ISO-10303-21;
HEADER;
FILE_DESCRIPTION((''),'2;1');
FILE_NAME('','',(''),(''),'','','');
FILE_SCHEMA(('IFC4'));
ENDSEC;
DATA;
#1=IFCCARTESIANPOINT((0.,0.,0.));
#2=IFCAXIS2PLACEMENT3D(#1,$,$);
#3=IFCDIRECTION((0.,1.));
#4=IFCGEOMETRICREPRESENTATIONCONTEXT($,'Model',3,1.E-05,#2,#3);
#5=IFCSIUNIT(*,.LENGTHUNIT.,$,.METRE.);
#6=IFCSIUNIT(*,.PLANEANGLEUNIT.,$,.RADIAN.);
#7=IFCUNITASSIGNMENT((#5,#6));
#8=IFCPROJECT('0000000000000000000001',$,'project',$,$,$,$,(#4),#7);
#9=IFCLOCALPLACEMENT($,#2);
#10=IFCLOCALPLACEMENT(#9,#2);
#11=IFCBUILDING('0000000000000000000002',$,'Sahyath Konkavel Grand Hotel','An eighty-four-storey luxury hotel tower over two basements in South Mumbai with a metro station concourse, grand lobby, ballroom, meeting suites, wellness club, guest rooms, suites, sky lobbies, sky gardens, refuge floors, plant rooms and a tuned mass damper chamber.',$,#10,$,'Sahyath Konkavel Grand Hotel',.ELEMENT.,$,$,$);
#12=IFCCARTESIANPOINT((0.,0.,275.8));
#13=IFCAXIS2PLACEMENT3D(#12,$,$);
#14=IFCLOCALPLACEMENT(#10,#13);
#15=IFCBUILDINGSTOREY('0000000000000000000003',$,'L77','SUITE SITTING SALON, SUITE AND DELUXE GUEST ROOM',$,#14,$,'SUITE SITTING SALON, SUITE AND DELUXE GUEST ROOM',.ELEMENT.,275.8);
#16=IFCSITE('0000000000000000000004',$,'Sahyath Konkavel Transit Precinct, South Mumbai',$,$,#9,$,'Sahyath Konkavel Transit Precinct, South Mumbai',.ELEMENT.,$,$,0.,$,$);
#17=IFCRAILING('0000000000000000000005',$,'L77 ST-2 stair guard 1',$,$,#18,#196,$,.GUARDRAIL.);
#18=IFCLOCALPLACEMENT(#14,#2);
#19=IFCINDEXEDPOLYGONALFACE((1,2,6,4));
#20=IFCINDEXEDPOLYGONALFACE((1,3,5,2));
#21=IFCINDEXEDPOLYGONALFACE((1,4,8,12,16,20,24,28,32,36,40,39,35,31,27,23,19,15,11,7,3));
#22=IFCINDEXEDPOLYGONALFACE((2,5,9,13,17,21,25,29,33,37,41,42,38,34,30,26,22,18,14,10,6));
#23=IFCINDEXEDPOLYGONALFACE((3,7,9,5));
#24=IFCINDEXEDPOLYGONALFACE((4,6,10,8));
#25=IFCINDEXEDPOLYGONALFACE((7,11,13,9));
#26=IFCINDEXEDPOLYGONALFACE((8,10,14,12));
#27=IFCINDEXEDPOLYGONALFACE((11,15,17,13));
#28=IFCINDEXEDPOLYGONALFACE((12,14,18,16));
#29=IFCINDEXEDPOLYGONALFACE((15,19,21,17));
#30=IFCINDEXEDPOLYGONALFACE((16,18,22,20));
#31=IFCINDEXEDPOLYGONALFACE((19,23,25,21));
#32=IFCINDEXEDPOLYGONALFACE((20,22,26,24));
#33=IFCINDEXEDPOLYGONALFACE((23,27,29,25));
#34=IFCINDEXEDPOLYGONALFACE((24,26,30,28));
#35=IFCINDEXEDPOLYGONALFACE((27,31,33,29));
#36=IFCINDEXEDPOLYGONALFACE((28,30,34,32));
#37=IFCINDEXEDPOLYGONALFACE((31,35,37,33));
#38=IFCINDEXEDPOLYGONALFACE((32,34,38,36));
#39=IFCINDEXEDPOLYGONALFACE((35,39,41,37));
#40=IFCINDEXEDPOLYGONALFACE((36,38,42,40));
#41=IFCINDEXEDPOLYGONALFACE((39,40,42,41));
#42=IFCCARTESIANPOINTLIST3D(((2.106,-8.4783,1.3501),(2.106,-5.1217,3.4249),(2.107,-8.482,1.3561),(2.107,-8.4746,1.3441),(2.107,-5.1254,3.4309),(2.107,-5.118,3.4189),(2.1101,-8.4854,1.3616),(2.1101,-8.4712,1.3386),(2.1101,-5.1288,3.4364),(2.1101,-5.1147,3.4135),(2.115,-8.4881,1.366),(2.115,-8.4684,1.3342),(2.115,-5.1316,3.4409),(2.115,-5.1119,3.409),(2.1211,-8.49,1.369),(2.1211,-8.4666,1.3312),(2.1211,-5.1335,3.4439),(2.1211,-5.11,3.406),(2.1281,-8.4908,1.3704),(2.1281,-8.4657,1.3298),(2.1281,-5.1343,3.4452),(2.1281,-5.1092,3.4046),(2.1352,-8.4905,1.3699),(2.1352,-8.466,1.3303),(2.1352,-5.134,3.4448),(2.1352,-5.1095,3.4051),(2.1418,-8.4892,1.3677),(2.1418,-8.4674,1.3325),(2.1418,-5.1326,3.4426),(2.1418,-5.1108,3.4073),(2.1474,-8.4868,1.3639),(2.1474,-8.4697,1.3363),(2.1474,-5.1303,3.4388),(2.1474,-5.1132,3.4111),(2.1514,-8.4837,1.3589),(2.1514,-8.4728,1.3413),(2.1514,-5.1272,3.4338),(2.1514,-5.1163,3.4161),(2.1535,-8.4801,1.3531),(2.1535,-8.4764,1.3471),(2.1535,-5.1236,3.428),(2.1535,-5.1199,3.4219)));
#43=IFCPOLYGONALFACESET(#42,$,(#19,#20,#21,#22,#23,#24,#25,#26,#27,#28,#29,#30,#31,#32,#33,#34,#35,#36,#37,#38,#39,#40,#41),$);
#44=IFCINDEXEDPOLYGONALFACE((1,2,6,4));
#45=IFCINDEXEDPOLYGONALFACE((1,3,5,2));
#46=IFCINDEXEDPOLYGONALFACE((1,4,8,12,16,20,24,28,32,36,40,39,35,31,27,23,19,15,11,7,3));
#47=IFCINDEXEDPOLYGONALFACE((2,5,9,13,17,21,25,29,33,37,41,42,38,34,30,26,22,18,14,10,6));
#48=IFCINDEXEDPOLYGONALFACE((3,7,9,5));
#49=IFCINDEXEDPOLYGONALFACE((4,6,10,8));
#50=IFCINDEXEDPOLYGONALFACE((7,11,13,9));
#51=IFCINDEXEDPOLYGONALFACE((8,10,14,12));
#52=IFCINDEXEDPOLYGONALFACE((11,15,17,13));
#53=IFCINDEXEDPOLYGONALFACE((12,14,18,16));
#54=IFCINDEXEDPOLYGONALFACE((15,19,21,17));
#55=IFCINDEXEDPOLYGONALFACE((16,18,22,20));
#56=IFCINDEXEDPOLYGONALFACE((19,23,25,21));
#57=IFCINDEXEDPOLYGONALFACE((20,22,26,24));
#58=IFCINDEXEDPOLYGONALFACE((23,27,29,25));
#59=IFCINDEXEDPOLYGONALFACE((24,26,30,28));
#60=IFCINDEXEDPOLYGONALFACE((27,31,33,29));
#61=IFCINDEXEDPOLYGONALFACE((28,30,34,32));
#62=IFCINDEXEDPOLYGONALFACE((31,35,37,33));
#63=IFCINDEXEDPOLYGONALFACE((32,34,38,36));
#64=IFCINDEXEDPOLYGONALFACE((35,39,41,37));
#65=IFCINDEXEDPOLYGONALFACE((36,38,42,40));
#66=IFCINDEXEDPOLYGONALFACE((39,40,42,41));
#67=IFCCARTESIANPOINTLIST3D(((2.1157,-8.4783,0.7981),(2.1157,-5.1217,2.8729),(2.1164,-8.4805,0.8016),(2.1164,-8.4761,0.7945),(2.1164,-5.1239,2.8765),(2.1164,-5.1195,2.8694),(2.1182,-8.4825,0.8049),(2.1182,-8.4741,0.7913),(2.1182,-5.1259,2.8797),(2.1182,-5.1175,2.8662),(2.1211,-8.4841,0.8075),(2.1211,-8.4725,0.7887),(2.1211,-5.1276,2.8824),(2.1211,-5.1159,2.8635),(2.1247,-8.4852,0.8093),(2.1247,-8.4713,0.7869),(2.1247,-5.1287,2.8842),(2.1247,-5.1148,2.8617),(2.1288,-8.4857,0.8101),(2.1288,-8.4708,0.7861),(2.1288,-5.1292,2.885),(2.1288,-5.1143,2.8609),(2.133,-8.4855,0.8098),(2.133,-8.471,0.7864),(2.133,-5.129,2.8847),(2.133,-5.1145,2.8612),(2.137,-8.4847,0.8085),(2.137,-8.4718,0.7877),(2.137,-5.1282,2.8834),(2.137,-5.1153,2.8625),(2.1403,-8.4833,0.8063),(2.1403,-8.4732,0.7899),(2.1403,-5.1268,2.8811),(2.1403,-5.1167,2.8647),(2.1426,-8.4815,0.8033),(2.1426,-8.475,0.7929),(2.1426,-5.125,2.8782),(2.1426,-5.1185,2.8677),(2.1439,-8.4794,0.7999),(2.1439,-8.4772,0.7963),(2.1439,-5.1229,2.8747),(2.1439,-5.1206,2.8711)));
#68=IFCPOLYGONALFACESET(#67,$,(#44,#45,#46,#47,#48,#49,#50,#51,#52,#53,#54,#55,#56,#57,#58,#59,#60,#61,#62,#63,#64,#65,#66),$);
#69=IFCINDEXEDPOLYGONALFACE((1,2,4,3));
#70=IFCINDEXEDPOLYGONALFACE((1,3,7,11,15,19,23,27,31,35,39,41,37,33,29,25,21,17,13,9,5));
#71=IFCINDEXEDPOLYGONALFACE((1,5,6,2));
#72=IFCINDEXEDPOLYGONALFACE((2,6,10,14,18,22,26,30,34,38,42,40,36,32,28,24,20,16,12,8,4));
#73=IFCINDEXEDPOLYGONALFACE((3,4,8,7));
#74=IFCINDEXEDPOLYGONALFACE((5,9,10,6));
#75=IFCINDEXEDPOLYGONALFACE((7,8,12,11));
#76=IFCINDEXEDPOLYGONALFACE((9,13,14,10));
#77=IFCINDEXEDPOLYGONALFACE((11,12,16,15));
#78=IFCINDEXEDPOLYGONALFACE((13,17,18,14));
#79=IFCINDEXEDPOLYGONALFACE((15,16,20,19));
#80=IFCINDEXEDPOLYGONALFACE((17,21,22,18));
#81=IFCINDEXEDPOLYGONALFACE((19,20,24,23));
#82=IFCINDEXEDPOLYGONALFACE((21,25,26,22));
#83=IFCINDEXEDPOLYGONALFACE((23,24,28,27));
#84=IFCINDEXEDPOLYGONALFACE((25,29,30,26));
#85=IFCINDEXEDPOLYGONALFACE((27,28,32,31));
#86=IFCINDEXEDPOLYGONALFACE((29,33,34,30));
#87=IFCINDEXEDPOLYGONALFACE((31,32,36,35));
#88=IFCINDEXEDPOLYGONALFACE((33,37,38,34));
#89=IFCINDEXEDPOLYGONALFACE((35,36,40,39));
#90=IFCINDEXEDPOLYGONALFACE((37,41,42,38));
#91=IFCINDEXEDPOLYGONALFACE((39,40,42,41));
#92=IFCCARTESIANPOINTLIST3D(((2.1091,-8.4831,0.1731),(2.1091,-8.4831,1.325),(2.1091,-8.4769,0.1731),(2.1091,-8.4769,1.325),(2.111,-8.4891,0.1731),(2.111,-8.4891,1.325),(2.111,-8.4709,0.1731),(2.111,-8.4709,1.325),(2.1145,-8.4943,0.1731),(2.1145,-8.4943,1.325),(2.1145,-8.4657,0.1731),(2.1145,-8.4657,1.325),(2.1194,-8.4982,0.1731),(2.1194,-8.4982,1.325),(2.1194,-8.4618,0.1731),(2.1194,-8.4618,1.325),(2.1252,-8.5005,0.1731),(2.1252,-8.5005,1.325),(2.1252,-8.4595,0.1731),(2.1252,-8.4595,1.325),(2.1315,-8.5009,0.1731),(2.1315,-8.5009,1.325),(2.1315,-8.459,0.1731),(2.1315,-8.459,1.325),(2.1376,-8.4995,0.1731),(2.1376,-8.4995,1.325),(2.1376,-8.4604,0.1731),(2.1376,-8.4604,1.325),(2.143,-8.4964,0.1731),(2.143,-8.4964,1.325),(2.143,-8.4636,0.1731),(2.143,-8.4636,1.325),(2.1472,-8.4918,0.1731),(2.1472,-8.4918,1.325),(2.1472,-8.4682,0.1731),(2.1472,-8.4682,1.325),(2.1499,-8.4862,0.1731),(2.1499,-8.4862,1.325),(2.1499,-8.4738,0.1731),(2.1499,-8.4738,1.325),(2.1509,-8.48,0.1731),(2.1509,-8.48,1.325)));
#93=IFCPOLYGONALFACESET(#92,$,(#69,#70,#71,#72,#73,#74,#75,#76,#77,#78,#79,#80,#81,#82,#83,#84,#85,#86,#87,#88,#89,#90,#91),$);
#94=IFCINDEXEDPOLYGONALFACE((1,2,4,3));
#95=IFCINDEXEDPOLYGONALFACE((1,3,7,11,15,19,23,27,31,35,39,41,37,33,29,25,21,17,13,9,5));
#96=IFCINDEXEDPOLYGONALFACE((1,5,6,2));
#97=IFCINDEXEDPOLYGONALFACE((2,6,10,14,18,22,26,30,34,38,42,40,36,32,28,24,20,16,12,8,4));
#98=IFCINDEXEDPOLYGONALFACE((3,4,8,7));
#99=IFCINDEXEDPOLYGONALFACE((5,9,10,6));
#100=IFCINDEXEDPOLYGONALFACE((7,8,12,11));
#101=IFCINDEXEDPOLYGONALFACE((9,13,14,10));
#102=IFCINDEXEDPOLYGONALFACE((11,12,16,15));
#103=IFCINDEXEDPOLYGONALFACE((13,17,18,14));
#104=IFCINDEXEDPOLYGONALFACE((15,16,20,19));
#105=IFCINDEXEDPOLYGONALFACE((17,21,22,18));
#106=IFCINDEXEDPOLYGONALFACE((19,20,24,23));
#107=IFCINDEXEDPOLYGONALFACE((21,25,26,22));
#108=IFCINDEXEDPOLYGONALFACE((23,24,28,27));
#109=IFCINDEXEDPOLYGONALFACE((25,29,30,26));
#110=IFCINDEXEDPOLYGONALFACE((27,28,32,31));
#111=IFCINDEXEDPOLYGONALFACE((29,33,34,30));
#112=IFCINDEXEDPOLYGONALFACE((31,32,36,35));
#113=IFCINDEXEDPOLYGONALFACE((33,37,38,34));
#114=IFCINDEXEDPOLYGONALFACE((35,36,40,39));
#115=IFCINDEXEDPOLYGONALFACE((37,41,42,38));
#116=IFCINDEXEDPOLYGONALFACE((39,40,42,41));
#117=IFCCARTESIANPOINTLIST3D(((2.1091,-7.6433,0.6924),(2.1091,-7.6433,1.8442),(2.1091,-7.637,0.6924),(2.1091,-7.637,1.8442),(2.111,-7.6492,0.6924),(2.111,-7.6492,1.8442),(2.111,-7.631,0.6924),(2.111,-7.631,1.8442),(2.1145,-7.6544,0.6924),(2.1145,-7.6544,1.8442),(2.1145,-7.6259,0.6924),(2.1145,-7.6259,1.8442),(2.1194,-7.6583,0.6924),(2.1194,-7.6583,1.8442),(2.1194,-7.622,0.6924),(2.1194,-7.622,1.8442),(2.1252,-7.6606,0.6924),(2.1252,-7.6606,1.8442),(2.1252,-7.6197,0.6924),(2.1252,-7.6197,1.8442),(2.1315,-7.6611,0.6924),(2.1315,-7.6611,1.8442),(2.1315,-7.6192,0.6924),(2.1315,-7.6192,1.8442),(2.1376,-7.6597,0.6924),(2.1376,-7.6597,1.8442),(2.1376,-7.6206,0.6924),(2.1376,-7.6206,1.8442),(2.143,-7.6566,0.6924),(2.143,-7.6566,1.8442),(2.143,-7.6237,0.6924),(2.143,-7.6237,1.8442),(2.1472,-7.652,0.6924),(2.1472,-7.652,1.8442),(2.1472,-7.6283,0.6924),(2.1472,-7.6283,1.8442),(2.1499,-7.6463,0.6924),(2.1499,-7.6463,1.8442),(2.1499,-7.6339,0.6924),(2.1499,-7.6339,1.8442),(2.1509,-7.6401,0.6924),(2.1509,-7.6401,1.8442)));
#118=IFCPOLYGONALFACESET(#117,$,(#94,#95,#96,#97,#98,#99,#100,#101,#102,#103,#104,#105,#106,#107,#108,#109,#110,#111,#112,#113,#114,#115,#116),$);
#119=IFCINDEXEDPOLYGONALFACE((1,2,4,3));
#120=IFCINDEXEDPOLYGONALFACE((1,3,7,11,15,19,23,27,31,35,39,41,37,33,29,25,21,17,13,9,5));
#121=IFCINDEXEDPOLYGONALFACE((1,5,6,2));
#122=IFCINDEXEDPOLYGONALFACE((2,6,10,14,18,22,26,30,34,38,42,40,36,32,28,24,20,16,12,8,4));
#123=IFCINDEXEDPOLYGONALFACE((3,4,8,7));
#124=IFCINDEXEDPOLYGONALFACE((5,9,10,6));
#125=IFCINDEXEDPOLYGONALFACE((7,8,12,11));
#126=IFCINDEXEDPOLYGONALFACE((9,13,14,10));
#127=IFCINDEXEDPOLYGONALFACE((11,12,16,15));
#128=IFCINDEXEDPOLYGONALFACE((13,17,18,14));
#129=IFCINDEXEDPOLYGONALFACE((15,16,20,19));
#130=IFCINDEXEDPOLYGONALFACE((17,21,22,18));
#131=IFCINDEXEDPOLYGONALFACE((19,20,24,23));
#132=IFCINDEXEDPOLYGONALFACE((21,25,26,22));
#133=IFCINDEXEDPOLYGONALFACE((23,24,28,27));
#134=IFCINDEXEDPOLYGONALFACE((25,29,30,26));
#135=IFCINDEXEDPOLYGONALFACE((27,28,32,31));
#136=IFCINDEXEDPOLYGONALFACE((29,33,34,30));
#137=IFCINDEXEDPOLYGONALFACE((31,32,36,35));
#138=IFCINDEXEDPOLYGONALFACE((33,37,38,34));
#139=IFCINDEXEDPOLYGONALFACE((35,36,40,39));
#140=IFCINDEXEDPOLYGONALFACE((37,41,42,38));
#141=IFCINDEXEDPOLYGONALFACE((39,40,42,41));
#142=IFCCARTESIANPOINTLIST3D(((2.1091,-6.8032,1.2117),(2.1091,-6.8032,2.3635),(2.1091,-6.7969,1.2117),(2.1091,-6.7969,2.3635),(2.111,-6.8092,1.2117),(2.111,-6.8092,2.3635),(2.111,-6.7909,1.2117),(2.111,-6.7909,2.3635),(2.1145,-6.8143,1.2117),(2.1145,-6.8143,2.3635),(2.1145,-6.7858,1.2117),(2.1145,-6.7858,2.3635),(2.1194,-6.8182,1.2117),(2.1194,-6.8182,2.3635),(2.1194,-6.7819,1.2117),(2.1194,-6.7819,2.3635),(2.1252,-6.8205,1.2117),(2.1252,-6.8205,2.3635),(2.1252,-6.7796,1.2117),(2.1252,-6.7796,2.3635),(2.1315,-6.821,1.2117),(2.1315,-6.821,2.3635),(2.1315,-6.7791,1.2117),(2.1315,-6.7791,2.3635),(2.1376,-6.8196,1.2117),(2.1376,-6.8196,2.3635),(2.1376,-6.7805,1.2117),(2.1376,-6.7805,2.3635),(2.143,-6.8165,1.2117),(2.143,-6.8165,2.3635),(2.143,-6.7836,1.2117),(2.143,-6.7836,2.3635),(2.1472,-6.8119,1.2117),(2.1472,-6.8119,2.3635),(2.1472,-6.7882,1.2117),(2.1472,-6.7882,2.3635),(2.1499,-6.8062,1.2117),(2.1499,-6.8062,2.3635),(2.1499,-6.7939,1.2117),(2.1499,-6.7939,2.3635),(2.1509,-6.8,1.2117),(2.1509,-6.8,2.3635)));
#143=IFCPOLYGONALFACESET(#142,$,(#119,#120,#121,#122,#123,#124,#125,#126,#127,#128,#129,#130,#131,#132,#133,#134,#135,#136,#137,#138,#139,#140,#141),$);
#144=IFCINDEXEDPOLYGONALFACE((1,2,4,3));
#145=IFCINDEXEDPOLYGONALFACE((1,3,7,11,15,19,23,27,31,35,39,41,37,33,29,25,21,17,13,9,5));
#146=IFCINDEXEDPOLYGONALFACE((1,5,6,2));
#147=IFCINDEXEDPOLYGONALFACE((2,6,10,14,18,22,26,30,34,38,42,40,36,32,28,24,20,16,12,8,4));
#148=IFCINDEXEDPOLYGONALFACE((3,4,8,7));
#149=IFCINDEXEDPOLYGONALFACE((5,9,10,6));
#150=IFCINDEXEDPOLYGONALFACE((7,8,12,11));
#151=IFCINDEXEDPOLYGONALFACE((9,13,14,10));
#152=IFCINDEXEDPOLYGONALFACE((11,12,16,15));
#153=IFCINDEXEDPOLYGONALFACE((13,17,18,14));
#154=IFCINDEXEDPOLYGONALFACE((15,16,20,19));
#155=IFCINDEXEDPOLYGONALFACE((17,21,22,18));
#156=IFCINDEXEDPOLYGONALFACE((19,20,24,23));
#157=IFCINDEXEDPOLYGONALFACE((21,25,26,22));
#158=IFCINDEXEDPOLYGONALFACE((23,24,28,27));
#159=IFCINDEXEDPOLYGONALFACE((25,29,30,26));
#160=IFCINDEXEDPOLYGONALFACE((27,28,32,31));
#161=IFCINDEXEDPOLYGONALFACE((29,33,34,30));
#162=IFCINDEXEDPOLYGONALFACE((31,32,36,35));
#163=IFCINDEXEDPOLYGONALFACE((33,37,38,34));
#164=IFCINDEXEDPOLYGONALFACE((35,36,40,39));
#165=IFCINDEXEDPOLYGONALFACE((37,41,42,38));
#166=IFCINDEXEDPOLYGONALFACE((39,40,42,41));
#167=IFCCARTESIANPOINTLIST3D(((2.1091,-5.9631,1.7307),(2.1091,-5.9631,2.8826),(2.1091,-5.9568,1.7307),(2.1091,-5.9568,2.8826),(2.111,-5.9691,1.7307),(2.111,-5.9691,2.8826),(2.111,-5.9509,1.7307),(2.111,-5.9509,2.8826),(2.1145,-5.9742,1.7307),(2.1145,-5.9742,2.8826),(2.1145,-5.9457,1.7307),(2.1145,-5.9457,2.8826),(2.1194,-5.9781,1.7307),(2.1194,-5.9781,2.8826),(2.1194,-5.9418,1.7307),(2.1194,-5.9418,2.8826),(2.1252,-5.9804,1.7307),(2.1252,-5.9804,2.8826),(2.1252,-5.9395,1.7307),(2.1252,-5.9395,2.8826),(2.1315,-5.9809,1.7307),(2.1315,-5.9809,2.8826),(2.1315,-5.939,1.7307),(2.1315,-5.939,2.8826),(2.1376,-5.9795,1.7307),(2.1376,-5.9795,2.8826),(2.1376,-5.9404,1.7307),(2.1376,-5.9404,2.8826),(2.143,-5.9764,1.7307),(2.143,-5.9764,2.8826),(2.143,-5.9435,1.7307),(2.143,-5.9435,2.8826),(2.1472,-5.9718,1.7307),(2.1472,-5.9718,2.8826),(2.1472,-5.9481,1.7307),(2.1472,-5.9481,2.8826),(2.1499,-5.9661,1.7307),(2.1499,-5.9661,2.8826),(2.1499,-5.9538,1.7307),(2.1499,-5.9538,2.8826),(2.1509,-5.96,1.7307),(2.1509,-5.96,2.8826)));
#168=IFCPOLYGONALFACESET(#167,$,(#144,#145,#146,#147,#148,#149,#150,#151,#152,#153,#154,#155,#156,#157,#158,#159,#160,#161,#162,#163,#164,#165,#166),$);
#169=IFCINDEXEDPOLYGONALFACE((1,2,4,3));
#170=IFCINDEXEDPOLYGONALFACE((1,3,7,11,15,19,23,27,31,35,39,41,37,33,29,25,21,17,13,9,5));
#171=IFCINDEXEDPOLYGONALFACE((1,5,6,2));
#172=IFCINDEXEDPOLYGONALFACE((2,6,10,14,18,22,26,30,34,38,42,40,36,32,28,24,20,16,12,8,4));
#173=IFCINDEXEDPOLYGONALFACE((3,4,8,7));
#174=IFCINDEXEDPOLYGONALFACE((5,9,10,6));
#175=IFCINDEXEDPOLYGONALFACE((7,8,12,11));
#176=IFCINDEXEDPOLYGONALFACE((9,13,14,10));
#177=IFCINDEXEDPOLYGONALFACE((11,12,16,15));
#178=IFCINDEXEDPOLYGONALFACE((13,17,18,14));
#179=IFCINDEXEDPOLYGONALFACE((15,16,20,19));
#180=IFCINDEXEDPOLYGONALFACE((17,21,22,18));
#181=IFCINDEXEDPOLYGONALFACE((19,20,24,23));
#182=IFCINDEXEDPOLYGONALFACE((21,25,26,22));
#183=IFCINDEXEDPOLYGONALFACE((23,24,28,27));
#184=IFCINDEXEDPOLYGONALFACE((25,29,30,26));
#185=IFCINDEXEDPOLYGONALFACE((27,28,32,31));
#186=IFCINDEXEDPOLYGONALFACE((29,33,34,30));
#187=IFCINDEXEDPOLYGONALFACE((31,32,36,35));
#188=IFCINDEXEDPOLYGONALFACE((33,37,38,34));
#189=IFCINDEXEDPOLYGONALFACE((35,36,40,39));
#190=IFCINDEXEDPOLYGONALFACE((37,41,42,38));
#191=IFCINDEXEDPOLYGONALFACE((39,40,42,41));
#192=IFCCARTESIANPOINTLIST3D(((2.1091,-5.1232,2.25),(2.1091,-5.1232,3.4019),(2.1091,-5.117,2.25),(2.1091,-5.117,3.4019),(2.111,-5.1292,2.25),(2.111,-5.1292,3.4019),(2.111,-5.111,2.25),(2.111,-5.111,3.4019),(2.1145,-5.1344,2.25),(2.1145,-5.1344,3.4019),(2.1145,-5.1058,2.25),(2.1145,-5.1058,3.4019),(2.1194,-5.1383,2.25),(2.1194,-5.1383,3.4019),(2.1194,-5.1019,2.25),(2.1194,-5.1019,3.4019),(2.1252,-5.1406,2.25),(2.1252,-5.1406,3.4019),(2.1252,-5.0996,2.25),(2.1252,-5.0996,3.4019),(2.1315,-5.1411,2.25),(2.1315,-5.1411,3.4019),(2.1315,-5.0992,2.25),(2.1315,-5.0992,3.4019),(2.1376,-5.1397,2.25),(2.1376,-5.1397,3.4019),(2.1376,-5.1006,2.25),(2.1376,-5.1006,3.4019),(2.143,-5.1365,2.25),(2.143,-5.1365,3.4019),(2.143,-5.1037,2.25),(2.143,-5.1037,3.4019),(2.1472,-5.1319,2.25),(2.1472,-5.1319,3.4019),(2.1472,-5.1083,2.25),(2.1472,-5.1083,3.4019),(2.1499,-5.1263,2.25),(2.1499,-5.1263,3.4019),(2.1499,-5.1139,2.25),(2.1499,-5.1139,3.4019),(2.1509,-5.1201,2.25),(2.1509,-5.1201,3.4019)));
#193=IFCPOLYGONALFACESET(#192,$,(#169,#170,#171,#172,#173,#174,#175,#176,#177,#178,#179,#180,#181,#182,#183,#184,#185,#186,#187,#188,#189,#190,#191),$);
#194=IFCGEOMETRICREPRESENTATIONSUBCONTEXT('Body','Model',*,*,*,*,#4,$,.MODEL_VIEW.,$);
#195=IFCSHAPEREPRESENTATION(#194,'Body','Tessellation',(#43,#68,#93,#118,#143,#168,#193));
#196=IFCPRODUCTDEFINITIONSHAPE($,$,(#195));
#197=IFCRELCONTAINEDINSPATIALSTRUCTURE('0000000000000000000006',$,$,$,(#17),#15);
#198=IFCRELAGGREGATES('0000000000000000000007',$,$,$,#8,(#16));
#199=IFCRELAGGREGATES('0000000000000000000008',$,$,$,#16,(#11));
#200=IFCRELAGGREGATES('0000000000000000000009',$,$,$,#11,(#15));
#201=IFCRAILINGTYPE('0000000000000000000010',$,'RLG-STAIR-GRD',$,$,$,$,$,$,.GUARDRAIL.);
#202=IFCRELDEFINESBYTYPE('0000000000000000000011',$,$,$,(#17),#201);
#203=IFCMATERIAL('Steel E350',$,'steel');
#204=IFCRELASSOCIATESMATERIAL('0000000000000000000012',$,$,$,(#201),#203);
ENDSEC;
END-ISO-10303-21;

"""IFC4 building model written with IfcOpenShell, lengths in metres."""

from ifc_helpers import new_model, si_unit, direction, frame, origin, origin_2d, place, context, subcontext, project, spatial, circle, extrude, material, type_object, element, save


model = new_model("IFC4")

# Units and contexts
model_context = context("Model", 3, precision=1e-05, world=origin(), true_north=direction((0.0, 1.0)))
body_context = subcontext(model_context, "Body", "Model", "MODEL_VIEW")
ifc_project = project(units=[si_unit("LENGTHUNIT", "METRE"), si_unit("PLANEANGLEUNIT", "RADIAN")], contexts=[model_context])

# Site, building, storey
site_placement = place(None, origin())
site = spatial("IfcSite", under=ifc_project, at=site_placement, Name="Sahyath Konkavel Transit Precinct, South Mumbai", LongName="Sahyath Konkavel Transit Precinct, South Mumbai", CompositionType="ELEMENT", RefElevation=0.0)
building_placement = place(site_placement, origin())
building = spatial("IfcBuilding", under=site, at=building_placement, Name="Sahyath Konkavel Grand Hotel", Description="An eighty-four-storey luxury hotel tower over two basements in South Mumbai with a metro station concourse, grand lobby, ballroom, meeting suites, wellness club, guest rooms, suites, sky lobbies, sky gardens, refuge floors, plant rooms and a tuned mass damper chamber.", LongName="Sahyath Konkavel Grand Hotel", CompositionType="ELEMENT")
storey_placement = place(building_placement, frame((0.0, 0.0, 275.8)))
storey = spatial("IfcBuildingStorey", under=building, at=storey_placement, Name="L77", Description="SUITE SITTING SALON, SUITE AND DELUXE GUEST ROOM", LongName="SUITE SITTING SALON, SUITE AND DELUXE GUEST ROOM", CompositionType="ELEMENT", Elevation=275.8)

# Shared definitions
ifc_material_1 = material(Name="Steel E350", Category="steel")

# Railing
railing_type_1 = type_object("IfcRailingType", Name="RLG-STAIR-GRD", PredefinedType="GUARDRAIL", material=ifc_material_1)
railing_1_placement = place(storey_placement, frame((2.1299, -8.48, 0.1731)))
element("IfcRailing", 1, at=railing_1_placement, inside=storey, type_object=railing_type_1, Name="L77 ST-2 stair guard 1", PredefinedType="GUARDRAIL", context=body_context, shape_type="SweptSolid", body=[
    extrude(circle(Radius=0.0239, at=origin_2d()), frame((0.0, 0.0017, 1.177), z_axis=(0.0, 0.850606, 0.525803), x_axis=(-1.0, 0.0, 0.0)), (0.0, 0.0, 1.0), 3.946),
    extrude(circle(Radius=0.0142, at=origin_2d()), frame((0.0, 0.0017, 0.625), z_axis=(0.0, 0.850606, 0.525803), x_axis=(-1.0, 0.0, 0.0)), (0.0, 0.0, 1.0), 3.946),
    extrude(circle(Radius=0.021, at=origin_2d()), origin(), (0.0, 0.0, 1.0), 1.1519),
    extrude(circle(Radius=0.021, at=origin_2d()), frame((0.0, 0.8398, 0.5193)), (0.0, 0.0, 1.0), 1.1519),
    extrude(circle(Radius=0.021, at=origin_2d()), frame((0.0, 1.6799, 1.0386)), (0.0, 0.0, 1.0), 1.1519),
    extrude(circle(Radius=0.021, at=origin_2d()), frame((0.0, 2.52, 1.5576)), (0.0, 0.0, 1.0), 1.1519),
    extrude(circle(Radius=0.021, at=origin_2d()), frame((0.0, 3.3599, 2.0769)), (0.0, 0.0, 1.0), 1.1519),
])

save(model, "model.ifc")
